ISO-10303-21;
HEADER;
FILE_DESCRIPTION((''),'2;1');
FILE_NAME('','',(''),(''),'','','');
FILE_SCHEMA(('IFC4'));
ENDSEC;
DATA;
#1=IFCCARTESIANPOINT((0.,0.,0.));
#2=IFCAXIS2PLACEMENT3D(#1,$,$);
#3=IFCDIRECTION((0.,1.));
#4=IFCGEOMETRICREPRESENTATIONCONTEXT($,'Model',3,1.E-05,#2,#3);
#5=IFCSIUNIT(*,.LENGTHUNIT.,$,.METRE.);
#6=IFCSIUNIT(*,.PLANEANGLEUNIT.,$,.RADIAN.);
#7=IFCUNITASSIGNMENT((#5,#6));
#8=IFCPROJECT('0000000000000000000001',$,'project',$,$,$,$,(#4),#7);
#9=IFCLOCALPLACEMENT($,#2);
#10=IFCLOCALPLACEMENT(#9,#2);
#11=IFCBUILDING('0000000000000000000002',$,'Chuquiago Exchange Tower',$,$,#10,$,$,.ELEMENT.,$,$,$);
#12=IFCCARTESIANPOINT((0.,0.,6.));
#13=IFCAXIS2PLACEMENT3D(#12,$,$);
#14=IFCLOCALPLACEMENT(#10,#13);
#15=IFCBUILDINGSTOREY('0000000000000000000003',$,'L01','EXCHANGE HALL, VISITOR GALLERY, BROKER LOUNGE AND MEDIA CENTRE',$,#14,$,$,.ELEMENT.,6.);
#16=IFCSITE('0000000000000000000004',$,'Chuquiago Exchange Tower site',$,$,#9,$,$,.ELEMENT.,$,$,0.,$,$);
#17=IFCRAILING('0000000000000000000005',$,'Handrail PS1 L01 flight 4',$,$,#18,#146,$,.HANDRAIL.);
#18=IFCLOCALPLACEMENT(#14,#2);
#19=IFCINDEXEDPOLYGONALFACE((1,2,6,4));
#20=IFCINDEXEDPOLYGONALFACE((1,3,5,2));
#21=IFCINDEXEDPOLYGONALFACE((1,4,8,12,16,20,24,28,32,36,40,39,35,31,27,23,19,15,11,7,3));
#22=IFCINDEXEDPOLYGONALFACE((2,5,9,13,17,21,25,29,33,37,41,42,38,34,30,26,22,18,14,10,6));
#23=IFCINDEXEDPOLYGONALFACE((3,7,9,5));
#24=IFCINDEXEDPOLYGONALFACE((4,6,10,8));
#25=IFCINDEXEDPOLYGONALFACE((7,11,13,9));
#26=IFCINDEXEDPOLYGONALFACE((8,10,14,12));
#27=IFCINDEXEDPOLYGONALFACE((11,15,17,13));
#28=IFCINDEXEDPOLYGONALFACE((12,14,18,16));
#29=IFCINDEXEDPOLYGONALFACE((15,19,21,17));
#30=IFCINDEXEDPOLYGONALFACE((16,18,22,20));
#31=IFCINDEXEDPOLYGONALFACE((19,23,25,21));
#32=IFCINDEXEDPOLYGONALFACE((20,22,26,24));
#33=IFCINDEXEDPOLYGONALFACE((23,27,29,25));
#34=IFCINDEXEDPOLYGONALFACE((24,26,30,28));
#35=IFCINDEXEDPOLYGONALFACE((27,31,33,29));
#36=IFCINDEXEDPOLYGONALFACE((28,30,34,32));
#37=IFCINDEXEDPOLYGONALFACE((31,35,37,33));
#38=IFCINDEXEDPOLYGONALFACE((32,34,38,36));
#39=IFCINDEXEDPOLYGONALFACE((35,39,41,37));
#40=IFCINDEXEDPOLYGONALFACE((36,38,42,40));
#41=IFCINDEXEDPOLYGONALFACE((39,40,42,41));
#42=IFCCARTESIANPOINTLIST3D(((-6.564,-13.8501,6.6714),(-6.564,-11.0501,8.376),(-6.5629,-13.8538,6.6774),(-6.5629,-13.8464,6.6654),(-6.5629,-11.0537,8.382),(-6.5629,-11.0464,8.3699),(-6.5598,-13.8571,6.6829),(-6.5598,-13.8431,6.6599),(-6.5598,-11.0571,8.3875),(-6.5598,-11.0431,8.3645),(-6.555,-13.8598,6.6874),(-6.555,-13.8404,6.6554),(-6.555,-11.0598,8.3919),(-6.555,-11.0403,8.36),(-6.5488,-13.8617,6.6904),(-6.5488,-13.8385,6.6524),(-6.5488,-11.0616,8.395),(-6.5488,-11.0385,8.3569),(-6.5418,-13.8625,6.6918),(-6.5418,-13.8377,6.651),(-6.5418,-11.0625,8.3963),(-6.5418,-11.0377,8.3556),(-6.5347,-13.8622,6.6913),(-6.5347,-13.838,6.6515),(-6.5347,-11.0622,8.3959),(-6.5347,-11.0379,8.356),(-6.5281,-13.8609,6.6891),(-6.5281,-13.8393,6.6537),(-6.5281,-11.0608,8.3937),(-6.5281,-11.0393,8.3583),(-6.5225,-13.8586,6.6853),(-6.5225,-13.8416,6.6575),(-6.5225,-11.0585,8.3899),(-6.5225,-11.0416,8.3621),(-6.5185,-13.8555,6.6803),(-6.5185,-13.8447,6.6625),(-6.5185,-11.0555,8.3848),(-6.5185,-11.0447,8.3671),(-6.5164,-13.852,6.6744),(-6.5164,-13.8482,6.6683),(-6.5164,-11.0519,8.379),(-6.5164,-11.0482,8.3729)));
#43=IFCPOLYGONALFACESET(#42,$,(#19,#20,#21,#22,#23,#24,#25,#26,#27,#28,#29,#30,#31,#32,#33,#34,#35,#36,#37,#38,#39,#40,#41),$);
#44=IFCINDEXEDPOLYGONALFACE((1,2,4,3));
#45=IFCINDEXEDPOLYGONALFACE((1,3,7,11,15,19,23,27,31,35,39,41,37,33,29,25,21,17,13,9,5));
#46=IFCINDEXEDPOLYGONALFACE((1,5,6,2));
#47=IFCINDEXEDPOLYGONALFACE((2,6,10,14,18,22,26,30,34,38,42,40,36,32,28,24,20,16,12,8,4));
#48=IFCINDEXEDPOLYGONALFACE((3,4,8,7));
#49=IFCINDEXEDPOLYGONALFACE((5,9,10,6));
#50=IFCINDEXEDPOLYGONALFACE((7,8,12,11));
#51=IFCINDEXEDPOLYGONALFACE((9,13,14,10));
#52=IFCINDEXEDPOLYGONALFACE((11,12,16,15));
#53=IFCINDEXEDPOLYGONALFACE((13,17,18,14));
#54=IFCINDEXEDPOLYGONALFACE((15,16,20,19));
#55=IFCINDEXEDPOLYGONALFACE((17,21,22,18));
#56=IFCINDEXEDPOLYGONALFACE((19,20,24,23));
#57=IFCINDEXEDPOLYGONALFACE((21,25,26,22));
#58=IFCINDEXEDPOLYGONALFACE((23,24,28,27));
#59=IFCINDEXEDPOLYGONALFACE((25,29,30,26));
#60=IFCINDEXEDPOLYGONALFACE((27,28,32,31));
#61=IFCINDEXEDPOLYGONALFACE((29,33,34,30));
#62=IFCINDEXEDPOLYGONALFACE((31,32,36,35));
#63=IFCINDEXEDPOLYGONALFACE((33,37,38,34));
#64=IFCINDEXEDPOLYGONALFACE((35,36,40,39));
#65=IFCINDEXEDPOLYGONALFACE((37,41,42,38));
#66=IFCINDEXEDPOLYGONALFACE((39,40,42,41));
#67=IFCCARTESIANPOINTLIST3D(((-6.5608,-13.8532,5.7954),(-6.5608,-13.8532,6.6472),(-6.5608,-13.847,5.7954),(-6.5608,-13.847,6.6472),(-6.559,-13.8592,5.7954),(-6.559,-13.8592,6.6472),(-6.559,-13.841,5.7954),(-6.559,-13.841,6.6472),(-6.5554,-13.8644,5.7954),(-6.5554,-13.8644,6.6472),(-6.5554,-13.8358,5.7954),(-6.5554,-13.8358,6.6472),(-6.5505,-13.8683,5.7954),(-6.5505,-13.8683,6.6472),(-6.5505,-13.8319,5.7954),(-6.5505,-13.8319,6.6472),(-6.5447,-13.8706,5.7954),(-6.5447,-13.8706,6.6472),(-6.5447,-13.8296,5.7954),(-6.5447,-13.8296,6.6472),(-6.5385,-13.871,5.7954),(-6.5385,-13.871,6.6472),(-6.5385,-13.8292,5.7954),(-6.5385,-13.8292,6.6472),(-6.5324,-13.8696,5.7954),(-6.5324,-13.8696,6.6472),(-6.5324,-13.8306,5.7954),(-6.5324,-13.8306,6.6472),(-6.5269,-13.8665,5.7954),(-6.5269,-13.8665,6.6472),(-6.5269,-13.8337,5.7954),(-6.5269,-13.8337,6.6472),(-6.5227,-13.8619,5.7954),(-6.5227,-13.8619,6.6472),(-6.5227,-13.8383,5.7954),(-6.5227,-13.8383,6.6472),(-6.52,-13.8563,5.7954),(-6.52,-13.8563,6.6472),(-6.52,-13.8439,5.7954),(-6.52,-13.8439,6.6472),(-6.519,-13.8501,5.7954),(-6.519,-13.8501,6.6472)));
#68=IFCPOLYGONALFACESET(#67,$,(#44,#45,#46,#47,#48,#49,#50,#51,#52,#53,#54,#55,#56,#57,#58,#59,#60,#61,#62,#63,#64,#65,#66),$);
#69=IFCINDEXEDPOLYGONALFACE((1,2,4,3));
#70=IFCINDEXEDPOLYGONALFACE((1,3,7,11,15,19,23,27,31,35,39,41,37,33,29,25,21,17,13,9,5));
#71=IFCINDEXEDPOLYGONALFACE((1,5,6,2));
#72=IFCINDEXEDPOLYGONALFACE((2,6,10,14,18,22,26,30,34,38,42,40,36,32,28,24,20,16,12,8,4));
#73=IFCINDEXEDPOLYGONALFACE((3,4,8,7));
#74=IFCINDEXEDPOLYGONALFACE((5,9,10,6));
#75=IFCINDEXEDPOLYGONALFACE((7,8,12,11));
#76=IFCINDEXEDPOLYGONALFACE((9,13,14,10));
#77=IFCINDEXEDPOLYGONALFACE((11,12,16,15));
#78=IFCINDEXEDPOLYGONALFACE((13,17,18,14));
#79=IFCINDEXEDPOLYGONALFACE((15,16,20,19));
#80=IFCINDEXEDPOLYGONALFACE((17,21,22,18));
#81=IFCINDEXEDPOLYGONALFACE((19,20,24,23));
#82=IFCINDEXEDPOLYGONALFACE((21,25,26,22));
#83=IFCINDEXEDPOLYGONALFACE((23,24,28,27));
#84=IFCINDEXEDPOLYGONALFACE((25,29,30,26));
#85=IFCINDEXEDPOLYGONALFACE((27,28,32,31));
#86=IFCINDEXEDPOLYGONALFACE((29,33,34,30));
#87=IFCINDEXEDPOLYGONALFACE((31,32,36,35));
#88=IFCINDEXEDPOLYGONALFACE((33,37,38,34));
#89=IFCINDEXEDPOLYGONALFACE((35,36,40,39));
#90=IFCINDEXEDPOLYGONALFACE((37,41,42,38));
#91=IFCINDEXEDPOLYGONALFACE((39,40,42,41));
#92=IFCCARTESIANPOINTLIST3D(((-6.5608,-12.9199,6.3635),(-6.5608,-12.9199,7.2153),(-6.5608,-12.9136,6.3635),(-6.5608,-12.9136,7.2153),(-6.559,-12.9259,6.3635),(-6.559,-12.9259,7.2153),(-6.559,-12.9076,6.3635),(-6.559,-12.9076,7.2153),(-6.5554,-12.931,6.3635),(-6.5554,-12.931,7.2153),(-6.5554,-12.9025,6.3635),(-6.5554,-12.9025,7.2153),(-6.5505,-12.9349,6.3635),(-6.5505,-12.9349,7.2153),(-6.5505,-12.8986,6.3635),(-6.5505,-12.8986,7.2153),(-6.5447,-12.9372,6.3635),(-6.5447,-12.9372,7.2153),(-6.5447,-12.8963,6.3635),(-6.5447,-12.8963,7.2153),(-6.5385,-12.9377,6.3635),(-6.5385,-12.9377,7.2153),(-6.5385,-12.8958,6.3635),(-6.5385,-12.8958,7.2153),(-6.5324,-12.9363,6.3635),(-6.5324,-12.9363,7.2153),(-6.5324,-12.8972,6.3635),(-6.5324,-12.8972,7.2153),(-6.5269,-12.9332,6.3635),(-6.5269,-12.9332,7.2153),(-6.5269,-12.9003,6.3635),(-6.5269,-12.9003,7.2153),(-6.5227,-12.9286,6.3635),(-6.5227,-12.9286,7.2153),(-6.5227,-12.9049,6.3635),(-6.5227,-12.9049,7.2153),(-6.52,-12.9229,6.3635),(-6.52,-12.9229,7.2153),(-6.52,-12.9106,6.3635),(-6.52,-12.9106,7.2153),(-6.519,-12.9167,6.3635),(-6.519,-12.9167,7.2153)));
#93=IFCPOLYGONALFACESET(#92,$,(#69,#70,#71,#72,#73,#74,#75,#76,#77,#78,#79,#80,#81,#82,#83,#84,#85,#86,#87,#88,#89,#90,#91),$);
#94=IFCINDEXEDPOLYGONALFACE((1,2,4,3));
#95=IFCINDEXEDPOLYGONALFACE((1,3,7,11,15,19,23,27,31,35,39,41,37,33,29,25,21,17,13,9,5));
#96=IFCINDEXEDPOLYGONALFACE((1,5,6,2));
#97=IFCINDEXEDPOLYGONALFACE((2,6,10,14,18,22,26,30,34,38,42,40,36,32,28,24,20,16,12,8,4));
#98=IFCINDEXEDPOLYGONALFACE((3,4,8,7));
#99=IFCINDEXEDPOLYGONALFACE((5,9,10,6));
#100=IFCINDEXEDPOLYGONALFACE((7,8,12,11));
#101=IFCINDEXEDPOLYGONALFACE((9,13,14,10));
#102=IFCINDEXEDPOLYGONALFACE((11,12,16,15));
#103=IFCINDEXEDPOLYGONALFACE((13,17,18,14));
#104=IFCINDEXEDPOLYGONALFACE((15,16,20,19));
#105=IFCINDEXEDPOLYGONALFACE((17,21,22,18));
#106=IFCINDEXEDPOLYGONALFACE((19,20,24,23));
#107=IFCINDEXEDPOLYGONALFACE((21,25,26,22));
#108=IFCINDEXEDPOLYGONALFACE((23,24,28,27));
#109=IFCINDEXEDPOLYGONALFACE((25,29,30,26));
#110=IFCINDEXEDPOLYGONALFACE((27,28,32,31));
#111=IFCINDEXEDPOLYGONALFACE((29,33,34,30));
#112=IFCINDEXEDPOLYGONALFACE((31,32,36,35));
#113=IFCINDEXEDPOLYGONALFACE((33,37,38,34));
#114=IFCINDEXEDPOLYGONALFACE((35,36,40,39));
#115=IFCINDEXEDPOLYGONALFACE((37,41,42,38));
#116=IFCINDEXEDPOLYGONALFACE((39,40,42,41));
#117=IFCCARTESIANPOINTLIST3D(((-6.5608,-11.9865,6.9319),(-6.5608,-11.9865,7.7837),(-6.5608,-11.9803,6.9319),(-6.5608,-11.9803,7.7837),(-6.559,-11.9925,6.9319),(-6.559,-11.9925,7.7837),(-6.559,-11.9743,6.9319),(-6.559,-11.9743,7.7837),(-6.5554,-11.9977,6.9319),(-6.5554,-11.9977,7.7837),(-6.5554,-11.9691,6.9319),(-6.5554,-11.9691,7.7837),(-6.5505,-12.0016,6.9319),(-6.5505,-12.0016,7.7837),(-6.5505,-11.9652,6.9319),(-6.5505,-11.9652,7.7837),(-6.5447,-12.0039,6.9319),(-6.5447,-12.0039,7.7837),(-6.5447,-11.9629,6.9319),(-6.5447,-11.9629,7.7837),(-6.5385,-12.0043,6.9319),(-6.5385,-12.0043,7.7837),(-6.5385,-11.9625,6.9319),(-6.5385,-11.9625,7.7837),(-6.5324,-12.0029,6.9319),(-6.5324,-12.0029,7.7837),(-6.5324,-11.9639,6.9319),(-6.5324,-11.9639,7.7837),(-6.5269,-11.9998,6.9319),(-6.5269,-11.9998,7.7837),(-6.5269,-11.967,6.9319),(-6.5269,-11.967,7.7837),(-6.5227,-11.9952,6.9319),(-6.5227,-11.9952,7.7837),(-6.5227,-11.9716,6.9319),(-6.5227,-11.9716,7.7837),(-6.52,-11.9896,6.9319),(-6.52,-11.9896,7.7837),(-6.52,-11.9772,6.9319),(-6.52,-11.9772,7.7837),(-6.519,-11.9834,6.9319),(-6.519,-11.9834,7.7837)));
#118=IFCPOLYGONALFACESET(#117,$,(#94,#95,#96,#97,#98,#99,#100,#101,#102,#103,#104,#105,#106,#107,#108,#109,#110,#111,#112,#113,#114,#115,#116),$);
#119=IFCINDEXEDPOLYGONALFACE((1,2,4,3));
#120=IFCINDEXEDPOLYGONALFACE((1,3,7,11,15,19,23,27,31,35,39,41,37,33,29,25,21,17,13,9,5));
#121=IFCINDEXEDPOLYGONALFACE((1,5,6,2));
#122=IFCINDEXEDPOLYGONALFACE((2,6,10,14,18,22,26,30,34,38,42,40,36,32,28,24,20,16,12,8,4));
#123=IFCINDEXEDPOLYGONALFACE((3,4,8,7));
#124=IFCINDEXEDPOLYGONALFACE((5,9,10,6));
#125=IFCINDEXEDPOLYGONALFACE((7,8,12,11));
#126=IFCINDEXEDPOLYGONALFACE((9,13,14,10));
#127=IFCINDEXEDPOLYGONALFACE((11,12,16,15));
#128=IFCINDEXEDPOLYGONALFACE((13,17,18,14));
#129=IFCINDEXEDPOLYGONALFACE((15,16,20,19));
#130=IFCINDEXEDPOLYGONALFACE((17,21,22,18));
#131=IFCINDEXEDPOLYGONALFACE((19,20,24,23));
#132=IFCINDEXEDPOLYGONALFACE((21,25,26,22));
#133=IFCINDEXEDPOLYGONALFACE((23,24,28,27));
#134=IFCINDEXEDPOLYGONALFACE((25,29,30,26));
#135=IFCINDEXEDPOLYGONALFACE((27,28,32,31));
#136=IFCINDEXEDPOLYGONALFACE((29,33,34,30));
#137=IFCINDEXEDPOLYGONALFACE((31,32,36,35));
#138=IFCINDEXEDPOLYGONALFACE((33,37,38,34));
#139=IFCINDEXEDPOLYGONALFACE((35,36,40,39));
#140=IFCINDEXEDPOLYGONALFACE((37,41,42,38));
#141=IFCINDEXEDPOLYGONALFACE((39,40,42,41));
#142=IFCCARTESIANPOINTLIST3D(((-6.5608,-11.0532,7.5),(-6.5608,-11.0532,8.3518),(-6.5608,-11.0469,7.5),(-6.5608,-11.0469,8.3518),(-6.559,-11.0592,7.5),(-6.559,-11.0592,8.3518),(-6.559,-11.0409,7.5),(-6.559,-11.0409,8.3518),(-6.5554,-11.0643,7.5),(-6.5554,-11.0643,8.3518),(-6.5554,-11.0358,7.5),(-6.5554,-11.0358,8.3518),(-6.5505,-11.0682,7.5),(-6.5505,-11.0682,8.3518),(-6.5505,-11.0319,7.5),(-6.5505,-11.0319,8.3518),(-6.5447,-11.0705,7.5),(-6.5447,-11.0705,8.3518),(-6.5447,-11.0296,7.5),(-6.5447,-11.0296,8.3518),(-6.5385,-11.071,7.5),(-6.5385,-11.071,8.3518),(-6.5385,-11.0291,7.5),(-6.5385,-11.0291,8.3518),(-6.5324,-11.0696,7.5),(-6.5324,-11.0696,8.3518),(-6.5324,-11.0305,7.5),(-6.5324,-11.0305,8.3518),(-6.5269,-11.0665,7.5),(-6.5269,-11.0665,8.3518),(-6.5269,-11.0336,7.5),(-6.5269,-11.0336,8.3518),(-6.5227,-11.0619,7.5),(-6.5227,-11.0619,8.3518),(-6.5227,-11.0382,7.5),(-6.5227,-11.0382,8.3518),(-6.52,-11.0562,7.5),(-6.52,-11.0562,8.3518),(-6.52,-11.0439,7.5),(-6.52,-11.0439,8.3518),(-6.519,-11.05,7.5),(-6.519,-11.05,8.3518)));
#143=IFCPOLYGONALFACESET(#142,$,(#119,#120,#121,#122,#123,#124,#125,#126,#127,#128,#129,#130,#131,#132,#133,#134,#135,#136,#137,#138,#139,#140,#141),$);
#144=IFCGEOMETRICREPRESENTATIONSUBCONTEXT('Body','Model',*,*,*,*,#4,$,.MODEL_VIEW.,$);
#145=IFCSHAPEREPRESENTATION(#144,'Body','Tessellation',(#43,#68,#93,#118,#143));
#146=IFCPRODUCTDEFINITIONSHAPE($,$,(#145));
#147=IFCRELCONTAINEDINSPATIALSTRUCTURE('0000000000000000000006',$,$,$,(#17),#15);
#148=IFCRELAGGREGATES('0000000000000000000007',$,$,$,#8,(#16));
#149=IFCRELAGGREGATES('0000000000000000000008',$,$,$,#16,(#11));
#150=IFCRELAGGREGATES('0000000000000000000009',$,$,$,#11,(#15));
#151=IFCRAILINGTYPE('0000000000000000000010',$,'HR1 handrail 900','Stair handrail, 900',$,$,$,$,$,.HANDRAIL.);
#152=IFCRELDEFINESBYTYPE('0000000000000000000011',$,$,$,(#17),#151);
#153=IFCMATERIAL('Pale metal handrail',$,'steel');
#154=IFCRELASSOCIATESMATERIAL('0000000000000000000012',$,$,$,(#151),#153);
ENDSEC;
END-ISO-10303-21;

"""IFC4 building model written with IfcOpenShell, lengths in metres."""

from ifc_helpers import new_model, si_unit, direction, frame, origin, origin_2d, place, context, subcontext, project, spatial, circle, extrude, material, type_object, element, save


model = new_model("IFC4")

# Units and contexts
model_context = context("Model", 3, precision=1e-05, world=origin(), true_north=direction((0.0, 1.0)))
body_context = subcontext(model_context, "Body", "Model", "MODEL_VIEW")
ifc_project = project(units=[si_unit("LENGTHUNIT", "METRE"), si_unit("PLANEANGLEUNIT", "RADIAN")], contexts=[model_context])

# Site, building, storey
site_placement = place(None, origin())
site = spatial("IfcSite", under=ifc_project, at=site_placement, Name="Chuquiago Exchange Tower site", CompositionType="ELEMENT", RefElevation=0.0)
building_placement = place(site_placement, origin())
building = spatial("IfcBuilding", under=site, at=building_placement, Name="Chuquiago Exchange Tower", CompositionType="ELEMENT")
storey_placement = place(building_placement, frame((0.0, 0.0, 6.0)))
storey = spatial("IfcBuildingStorey", under=building, at=storey_placement, Name="L01", Description="EXCHANGE HALL, VISITOR GALLERY, BROKER LOUNGE AND MEDIA CENTRE", CompositionType="ELEMENT", Elevation=6.0)

# Railing
ifc_material_1 = material(Name="Pale metal handrail", Category="steel")
railing_type = type_object("IfcRailingType", Name="HR1 handrail 900", Description="Stair handrail, 900", PredefinedType="HANDRAIL", material=ifc_material_1)
for number, where, name in (
    (1, (-6.54, -13.8501, 5.7954), "Handrail PS1 L01 flight 4"),
):
    element("IfcRailing", number, at=place(storey_placement, frame(where)), inside=storey, type_object=railing_type, Name=name, PredefinedType="HANDRAIL", context=body_context, shape_type="SweptSolid", body=[
        extrude(circle(Radius=0.0239, at=origin_2d()), frame((0.0, 0.0, 0.876), z_axis=(0.0, 0.85417, 0.519994), x_axis=(-1.0, 0.0, 0.0)), (0.0, 0.0, 1.0), 3.2781),
        extrude(circle(Radius=0.021, at=origin_2d()), origin(), (0.0, 0.0, 1.0), 0.8518),
        extrude(circle(Radius=0.021, at=origin_2d()), frame((0.0, 0.9333, 0.5681)), (0.0, 0.0, 1.0), 0.8518),
        extrude(circle(Radius=0.021, at=origin_2d()), frame((0.0, 1.8667, 1.1365)), (0.0, 0.0, 1.0), 0.8518),
        extrude(circle(Radius=0.021, at=origin_2d()), frame((0.0, 2.8, 1.7046)), (0.0, 0.0, 1.0), 0.8518),
    ])

save(model, "model.ifc")
